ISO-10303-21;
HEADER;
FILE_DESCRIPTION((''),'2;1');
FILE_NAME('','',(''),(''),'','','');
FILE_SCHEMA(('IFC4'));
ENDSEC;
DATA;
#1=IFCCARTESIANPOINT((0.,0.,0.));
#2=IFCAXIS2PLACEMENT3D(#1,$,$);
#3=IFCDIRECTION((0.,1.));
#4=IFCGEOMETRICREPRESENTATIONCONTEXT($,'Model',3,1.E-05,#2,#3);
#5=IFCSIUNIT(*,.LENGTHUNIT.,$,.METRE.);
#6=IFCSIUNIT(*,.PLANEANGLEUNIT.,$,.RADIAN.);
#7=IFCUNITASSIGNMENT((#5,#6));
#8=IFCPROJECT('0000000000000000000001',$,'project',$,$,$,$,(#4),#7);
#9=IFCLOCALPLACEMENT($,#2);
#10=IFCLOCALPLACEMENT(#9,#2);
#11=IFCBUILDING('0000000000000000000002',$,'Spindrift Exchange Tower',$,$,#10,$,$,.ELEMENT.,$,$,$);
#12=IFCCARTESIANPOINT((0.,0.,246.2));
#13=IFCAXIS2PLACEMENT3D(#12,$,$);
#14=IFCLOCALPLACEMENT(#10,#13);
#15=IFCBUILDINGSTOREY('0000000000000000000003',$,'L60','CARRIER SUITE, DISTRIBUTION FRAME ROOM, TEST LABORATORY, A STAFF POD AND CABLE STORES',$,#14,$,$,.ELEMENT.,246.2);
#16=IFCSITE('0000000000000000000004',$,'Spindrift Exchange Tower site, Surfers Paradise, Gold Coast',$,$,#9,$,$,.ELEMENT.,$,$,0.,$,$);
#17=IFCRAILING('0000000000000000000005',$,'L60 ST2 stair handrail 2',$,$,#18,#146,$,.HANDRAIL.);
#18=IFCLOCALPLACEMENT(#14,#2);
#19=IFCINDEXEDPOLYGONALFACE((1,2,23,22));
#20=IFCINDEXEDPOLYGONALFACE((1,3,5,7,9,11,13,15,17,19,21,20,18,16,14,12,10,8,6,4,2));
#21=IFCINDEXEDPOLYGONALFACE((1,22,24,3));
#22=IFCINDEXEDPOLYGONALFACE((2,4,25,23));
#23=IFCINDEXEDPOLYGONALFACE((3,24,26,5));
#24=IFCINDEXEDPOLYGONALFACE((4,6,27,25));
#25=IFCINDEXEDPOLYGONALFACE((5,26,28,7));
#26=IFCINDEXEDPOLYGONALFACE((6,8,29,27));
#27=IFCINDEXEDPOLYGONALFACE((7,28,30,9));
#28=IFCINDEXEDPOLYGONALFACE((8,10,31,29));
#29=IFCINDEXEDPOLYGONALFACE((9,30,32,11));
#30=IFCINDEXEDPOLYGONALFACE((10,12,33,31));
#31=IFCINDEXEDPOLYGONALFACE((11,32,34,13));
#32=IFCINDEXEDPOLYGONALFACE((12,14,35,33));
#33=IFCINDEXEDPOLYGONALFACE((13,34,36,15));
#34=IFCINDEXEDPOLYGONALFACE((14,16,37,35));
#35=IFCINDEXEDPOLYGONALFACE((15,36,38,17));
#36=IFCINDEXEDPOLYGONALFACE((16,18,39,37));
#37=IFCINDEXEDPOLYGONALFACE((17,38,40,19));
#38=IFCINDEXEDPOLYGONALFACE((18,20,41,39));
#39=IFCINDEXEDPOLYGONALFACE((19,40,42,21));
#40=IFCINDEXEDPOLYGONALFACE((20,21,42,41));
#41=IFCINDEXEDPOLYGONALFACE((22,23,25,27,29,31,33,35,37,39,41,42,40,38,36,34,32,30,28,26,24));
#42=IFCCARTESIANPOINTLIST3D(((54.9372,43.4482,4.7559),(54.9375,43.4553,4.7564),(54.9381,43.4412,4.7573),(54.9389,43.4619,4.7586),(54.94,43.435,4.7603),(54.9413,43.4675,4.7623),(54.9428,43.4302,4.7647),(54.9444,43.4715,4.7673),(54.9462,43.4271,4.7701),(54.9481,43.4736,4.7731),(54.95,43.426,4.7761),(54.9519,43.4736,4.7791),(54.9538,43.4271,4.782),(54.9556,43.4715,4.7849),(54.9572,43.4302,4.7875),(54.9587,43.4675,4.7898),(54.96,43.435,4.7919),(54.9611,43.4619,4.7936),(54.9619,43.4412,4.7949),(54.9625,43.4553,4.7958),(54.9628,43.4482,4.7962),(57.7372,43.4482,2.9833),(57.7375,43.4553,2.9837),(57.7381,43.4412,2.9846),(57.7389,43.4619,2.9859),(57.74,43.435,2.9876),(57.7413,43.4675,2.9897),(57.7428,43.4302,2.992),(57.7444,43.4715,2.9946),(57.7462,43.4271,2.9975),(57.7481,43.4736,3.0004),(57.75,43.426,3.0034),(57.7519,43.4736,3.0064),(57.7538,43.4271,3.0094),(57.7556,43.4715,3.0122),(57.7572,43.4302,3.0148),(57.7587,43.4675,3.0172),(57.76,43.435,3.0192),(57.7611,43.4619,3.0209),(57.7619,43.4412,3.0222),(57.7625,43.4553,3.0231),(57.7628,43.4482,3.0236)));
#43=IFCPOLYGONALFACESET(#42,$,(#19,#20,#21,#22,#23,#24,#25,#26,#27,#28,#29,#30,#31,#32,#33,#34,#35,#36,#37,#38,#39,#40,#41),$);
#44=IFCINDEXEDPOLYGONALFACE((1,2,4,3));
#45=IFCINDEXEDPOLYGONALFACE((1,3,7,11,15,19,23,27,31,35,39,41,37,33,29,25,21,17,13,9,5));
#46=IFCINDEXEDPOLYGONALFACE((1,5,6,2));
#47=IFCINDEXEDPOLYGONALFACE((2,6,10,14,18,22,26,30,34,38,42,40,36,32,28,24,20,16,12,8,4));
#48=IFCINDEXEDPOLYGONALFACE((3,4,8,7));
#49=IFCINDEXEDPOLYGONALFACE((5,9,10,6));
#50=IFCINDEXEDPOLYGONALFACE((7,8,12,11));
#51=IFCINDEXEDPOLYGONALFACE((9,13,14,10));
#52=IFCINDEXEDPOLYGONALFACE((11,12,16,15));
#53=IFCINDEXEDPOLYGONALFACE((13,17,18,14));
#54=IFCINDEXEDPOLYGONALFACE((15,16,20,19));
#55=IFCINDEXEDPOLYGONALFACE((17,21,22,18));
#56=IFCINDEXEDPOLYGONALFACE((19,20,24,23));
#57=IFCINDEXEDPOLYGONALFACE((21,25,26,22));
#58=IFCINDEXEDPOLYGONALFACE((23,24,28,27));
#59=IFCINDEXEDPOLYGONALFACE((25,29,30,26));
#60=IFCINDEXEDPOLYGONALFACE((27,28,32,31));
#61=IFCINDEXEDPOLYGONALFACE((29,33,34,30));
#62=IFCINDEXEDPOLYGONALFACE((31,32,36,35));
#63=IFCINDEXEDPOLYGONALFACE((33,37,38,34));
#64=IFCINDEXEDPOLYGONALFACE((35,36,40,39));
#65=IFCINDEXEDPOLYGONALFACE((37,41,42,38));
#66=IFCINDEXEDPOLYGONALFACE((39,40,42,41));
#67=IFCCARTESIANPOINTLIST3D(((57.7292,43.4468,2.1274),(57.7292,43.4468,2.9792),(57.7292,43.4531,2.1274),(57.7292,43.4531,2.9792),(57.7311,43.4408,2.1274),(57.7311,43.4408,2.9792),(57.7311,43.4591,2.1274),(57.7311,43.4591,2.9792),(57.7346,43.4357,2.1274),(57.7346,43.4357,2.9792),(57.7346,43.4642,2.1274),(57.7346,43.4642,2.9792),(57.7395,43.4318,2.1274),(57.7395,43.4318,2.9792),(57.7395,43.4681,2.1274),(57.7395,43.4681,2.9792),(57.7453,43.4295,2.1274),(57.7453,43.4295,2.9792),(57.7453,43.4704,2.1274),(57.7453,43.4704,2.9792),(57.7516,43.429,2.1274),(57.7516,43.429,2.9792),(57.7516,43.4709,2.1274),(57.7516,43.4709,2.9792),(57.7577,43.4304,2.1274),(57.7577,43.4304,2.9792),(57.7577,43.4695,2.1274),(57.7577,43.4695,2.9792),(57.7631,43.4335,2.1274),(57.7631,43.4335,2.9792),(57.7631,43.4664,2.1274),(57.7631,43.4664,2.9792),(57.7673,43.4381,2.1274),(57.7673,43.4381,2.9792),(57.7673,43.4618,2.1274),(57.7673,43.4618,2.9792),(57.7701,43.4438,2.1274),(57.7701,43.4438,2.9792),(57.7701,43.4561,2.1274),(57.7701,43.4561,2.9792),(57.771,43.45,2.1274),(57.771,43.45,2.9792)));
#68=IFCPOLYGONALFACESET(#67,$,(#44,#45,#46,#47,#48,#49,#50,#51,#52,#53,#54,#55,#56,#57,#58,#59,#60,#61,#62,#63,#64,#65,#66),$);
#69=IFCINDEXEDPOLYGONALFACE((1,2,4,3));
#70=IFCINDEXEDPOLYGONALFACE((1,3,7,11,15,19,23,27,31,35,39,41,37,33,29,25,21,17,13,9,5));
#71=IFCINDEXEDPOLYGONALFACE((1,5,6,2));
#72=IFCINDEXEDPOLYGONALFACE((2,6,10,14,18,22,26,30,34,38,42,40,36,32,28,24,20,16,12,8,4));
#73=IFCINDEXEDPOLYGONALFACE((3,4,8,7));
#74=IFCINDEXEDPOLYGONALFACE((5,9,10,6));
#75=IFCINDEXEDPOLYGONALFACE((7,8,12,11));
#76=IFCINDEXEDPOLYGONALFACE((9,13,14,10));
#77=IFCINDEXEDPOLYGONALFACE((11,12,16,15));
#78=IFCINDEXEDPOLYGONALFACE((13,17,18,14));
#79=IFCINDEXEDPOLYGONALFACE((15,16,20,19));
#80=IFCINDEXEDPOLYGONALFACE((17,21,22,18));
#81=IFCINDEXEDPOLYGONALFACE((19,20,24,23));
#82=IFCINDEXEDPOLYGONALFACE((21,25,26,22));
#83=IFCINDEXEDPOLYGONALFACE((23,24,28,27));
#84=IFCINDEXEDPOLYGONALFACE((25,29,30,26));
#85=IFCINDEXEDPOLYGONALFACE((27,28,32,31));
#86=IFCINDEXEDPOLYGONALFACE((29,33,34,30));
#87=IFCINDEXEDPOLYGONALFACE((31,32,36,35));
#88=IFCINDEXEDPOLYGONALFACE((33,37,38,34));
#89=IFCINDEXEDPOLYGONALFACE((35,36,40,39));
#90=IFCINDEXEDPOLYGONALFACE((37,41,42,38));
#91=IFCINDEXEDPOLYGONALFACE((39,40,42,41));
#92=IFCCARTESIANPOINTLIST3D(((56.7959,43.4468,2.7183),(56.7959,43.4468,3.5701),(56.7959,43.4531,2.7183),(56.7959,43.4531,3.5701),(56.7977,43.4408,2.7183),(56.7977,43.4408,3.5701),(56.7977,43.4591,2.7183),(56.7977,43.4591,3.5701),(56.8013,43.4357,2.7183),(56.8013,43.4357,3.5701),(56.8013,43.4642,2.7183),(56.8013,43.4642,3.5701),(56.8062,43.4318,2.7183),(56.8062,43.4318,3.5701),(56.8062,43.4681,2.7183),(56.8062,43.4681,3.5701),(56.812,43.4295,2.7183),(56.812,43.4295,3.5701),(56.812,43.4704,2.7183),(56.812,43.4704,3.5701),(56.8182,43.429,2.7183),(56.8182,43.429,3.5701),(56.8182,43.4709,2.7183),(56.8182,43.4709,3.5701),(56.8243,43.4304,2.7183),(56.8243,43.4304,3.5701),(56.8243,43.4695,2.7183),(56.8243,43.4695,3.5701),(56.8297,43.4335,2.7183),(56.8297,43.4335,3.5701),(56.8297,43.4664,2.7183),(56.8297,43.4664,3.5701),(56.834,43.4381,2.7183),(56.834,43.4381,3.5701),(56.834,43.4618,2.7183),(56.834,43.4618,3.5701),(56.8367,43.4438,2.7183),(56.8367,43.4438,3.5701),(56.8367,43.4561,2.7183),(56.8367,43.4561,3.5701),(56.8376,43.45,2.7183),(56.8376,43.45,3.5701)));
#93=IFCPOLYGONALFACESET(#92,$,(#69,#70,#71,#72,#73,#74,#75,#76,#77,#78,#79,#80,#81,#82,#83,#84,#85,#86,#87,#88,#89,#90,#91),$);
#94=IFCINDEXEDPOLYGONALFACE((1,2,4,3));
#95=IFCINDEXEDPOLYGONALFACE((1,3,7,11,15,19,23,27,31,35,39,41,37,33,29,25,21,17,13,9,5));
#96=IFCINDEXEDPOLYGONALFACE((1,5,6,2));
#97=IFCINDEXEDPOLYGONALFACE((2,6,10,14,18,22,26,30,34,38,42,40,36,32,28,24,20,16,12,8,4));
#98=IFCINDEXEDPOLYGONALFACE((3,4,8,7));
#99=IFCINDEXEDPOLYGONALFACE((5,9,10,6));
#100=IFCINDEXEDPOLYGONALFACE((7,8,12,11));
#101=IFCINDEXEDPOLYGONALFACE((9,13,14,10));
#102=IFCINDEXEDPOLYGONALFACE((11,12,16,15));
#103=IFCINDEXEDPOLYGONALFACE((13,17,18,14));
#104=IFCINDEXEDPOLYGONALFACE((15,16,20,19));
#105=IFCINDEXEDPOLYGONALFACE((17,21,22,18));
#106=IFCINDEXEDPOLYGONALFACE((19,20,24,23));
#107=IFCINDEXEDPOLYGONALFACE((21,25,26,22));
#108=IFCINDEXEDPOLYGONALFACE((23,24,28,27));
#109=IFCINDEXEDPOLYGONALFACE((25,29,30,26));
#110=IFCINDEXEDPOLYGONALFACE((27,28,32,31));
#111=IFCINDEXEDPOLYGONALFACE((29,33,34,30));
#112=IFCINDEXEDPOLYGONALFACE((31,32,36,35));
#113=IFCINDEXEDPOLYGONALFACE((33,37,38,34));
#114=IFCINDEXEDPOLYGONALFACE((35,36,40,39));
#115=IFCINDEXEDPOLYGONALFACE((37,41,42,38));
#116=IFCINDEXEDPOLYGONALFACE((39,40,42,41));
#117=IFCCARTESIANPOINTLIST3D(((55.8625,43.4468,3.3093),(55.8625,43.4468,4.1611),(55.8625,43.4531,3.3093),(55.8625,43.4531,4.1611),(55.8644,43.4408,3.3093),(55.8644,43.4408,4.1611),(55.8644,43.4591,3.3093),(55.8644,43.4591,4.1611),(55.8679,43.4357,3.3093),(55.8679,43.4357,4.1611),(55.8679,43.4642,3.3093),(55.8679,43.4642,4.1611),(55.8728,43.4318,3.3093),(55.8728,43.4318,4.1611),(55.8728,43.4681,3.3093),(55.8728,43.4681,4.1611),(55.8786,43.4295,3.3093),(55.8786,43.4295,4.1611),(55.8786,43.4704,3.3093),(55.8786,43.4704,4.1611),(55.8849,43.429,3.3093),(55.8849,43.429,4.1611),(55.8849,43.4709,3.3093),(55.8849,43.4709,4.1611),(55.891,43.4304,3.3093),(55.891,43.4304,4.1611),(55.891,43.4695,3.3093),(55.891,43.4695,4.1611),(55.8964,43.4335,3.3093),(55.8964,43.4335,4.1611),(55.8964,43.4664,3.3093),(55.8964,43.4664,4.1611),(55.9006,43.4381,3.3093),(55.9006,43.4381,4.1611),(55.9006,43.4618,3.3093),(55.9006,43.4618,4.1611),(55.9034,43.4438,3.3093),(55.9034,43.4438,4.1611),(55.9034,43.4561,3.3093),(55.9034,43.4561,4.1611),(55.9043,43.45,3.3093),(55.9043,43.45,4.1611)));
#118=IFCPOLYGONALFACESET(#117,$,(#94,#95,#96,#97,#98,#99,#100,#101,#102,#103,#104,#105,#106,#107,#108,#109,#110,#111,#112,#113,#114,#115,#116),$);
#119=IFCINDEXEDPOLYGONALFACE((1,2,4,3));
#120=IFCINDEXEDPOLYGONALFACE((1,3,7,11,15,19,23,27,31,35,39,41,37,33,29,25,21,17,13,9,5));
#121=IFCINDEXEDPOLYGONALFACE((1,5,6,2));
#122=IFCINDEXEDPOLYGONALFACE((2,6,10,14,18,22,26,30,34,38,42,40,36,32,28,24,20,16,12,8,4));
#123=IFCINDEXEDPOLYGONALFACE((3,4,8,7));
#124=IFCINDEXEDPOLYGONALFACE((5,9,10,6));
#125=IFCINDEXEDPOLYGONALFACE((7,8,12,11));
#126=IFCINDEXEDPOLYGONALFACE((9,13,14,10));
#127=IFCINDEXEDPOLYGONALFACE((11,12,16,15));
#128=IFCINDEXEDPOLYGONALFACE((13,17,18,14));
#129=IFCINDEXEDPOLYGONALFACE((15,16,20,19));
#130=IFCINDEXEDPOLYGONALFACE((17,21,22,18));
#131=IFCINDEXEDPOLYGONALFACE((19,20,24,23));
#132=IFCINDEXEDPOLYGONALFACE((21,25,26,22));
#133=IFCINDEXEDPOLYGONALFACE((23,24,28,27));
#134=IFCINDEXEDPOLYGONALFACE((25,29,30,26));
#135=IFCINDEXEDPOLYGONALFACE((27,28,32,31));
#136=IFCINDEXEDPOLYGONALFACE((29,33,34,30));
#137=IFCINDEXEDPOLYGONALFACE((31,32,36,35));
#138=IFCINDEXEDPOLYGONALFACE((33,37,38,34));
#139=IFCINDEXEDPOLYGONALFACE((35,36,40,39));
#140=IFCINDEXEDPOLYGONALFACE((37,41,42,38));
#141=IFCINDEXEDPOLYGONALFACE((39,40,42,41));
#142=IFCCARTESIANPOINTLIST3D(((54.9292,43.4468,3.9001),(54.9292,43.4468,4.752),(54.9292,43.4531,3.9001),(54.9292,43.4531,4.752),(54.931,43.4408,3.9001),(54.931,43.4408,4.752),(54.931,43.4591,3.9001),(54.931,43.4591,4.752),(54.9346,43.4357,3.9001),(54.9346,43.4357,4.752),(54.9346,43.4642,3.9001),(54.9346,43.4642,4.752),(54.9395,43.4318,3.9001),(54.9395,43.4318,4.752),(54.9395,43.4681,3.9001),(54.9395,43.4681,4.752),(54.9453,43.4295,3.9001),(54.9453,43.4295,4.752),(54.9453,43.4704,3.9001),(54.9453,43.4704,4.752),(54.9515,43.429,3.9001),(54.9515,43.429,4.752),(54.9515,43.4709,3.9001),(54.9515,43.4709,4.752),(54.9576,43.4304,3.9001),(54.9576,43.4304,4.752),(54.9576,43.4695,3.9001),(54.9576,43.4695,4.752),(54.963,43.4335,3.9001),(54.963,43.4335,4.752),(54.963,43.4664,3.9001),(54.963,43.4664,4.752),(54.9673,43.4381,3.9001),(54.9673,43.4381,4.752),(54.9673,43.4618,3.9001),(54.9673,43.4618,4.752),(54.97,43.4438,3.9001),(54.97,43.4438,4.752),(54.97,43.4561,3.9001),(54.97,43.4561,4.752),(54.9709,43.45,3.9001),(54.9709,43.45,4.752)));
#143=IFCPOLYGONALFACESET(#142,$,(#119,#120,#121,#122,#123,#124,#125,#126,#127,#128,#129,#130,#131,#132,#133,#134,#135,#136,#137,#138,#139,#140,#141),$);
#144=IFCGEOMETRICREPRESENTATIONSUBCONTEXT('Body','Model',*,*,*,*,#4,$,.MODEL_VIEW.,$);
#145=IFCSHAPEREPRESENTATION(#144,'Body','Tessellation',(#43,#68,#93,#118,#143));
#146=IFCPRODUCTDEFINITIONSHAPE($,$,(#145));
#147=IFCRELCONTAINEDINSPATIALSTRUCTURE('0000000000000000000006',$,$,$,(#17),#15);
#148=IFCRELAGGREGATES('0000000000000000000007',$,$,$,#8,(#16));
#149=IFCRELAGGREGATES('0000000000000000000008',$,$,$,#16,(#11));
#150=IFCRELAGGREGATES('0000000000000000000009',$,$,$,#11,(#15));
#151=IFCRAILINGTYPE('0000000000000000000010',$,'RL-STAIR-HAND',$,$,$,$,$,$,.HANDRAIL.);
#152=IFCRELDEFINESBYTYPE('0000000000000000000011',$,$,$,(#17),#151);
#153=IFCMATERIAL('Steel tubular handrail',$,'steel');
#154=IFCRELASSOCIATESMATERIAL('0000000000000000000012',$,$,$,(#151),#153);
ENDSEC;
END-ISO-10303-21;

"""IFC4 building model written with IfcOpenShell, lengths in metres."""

from ifc_helpers import new_model, si_unit, direction, frame, origin, origin_2d, place, context, subcontext, project, spatial, circle, extrude, material, type_object, element, save


model = new_model("IFC4")

# Units and contexts
model_context = context("Model", 3, precision=1e-05, world=origin(), true_north=direction((0.0, 1.0)))
body_context = subcontext(model_context, "Body", "Model", "MODEL_VIEW")
ifc_project = project(units=[si_unit("LENGTHUNIT", "METRE"), si_unit("PLANEANGLEUNIT", "RADIAN")], contexts=[model_context])

# Site, building, storey
site_placement = place(None, origin())
site = spatial("IfcSite", under=ifc_project, at=site_placement, Name="Spindrift Exchange Tower site, Surfers Paradise, Gold Coast", CompositionType="ELEMENT", RefElevation=0.0)
building_placement = place(site_placement, origin())
building = spatial("IfcBuilding", under=site, at=building_placement, Name="Spindrift Exchange Tower", CompositionType="ELEMENT")
storey_placement = place(building_placement, frame((0.0, 0.0, 246.2)))
storey = spatial("IfcBuildingStorey", under=building, at=storey_placement, Name="L60", Description="CARRIER SUITE, DISTRIBUTION FRAME ROOM, TEST LABORATORY, A STAFF POD AND CABLE STORES", CompositionType="ELEMENT", Elevation=246.2)

# Railing
ifc_material_1 = material(Name="Steel tubular handrail", Category="steel")
railing_type_1 = type_object("IfcRailingType", Name="RL-STAIR-HAND", PredefinedType="HANDRAIL", material=ifc_material_1)
railing_1_placement = place(storey_placement, frame((57.75, 43.45, 2.1274)))
element("IfcRailing", 1, at=railing_1_placement, inside=storey, type_object=railing_type_1, Name="L60 ST2 stair handrail 2", PredefinedType="HANDRAIL", context=body_context, shape_type="SweptSolid", body=[
    extrude(circle(Radius=0.0239, at=origin_2d()), frame((0.0, 0.0, 0.876), z_axis=(-0.844909, 0.0, 0.53491), x_axis=(0.0, -1.0, 0.0)), (0.0, 0.0, 1.0), 3.314),
    extrude(circle(Radius=0.021, at=origin_2d()), origin(), (0.0, 0.0, 1.0), 0.8518),
    extrude(circle(Radius=0.021, at=origin_2d()), frame((-0.9333, 0.0, 0.5908)), (0.0, 0.0, 1.0), 0.8518),
    extrude(circle(Radius=0.021, at=origin_2d()), frame((-1.8667, 0.0, 1.1819)), (0.0, 0.0, 1.0), 0.8518),
    extrude(circle(Radius=0.021, at=origin_2d()), frame((-2.8, 0.0, 1.7727)), (0.0, 0.0, 1.0), 0.8518),
])

save(model, "model.ifc")
